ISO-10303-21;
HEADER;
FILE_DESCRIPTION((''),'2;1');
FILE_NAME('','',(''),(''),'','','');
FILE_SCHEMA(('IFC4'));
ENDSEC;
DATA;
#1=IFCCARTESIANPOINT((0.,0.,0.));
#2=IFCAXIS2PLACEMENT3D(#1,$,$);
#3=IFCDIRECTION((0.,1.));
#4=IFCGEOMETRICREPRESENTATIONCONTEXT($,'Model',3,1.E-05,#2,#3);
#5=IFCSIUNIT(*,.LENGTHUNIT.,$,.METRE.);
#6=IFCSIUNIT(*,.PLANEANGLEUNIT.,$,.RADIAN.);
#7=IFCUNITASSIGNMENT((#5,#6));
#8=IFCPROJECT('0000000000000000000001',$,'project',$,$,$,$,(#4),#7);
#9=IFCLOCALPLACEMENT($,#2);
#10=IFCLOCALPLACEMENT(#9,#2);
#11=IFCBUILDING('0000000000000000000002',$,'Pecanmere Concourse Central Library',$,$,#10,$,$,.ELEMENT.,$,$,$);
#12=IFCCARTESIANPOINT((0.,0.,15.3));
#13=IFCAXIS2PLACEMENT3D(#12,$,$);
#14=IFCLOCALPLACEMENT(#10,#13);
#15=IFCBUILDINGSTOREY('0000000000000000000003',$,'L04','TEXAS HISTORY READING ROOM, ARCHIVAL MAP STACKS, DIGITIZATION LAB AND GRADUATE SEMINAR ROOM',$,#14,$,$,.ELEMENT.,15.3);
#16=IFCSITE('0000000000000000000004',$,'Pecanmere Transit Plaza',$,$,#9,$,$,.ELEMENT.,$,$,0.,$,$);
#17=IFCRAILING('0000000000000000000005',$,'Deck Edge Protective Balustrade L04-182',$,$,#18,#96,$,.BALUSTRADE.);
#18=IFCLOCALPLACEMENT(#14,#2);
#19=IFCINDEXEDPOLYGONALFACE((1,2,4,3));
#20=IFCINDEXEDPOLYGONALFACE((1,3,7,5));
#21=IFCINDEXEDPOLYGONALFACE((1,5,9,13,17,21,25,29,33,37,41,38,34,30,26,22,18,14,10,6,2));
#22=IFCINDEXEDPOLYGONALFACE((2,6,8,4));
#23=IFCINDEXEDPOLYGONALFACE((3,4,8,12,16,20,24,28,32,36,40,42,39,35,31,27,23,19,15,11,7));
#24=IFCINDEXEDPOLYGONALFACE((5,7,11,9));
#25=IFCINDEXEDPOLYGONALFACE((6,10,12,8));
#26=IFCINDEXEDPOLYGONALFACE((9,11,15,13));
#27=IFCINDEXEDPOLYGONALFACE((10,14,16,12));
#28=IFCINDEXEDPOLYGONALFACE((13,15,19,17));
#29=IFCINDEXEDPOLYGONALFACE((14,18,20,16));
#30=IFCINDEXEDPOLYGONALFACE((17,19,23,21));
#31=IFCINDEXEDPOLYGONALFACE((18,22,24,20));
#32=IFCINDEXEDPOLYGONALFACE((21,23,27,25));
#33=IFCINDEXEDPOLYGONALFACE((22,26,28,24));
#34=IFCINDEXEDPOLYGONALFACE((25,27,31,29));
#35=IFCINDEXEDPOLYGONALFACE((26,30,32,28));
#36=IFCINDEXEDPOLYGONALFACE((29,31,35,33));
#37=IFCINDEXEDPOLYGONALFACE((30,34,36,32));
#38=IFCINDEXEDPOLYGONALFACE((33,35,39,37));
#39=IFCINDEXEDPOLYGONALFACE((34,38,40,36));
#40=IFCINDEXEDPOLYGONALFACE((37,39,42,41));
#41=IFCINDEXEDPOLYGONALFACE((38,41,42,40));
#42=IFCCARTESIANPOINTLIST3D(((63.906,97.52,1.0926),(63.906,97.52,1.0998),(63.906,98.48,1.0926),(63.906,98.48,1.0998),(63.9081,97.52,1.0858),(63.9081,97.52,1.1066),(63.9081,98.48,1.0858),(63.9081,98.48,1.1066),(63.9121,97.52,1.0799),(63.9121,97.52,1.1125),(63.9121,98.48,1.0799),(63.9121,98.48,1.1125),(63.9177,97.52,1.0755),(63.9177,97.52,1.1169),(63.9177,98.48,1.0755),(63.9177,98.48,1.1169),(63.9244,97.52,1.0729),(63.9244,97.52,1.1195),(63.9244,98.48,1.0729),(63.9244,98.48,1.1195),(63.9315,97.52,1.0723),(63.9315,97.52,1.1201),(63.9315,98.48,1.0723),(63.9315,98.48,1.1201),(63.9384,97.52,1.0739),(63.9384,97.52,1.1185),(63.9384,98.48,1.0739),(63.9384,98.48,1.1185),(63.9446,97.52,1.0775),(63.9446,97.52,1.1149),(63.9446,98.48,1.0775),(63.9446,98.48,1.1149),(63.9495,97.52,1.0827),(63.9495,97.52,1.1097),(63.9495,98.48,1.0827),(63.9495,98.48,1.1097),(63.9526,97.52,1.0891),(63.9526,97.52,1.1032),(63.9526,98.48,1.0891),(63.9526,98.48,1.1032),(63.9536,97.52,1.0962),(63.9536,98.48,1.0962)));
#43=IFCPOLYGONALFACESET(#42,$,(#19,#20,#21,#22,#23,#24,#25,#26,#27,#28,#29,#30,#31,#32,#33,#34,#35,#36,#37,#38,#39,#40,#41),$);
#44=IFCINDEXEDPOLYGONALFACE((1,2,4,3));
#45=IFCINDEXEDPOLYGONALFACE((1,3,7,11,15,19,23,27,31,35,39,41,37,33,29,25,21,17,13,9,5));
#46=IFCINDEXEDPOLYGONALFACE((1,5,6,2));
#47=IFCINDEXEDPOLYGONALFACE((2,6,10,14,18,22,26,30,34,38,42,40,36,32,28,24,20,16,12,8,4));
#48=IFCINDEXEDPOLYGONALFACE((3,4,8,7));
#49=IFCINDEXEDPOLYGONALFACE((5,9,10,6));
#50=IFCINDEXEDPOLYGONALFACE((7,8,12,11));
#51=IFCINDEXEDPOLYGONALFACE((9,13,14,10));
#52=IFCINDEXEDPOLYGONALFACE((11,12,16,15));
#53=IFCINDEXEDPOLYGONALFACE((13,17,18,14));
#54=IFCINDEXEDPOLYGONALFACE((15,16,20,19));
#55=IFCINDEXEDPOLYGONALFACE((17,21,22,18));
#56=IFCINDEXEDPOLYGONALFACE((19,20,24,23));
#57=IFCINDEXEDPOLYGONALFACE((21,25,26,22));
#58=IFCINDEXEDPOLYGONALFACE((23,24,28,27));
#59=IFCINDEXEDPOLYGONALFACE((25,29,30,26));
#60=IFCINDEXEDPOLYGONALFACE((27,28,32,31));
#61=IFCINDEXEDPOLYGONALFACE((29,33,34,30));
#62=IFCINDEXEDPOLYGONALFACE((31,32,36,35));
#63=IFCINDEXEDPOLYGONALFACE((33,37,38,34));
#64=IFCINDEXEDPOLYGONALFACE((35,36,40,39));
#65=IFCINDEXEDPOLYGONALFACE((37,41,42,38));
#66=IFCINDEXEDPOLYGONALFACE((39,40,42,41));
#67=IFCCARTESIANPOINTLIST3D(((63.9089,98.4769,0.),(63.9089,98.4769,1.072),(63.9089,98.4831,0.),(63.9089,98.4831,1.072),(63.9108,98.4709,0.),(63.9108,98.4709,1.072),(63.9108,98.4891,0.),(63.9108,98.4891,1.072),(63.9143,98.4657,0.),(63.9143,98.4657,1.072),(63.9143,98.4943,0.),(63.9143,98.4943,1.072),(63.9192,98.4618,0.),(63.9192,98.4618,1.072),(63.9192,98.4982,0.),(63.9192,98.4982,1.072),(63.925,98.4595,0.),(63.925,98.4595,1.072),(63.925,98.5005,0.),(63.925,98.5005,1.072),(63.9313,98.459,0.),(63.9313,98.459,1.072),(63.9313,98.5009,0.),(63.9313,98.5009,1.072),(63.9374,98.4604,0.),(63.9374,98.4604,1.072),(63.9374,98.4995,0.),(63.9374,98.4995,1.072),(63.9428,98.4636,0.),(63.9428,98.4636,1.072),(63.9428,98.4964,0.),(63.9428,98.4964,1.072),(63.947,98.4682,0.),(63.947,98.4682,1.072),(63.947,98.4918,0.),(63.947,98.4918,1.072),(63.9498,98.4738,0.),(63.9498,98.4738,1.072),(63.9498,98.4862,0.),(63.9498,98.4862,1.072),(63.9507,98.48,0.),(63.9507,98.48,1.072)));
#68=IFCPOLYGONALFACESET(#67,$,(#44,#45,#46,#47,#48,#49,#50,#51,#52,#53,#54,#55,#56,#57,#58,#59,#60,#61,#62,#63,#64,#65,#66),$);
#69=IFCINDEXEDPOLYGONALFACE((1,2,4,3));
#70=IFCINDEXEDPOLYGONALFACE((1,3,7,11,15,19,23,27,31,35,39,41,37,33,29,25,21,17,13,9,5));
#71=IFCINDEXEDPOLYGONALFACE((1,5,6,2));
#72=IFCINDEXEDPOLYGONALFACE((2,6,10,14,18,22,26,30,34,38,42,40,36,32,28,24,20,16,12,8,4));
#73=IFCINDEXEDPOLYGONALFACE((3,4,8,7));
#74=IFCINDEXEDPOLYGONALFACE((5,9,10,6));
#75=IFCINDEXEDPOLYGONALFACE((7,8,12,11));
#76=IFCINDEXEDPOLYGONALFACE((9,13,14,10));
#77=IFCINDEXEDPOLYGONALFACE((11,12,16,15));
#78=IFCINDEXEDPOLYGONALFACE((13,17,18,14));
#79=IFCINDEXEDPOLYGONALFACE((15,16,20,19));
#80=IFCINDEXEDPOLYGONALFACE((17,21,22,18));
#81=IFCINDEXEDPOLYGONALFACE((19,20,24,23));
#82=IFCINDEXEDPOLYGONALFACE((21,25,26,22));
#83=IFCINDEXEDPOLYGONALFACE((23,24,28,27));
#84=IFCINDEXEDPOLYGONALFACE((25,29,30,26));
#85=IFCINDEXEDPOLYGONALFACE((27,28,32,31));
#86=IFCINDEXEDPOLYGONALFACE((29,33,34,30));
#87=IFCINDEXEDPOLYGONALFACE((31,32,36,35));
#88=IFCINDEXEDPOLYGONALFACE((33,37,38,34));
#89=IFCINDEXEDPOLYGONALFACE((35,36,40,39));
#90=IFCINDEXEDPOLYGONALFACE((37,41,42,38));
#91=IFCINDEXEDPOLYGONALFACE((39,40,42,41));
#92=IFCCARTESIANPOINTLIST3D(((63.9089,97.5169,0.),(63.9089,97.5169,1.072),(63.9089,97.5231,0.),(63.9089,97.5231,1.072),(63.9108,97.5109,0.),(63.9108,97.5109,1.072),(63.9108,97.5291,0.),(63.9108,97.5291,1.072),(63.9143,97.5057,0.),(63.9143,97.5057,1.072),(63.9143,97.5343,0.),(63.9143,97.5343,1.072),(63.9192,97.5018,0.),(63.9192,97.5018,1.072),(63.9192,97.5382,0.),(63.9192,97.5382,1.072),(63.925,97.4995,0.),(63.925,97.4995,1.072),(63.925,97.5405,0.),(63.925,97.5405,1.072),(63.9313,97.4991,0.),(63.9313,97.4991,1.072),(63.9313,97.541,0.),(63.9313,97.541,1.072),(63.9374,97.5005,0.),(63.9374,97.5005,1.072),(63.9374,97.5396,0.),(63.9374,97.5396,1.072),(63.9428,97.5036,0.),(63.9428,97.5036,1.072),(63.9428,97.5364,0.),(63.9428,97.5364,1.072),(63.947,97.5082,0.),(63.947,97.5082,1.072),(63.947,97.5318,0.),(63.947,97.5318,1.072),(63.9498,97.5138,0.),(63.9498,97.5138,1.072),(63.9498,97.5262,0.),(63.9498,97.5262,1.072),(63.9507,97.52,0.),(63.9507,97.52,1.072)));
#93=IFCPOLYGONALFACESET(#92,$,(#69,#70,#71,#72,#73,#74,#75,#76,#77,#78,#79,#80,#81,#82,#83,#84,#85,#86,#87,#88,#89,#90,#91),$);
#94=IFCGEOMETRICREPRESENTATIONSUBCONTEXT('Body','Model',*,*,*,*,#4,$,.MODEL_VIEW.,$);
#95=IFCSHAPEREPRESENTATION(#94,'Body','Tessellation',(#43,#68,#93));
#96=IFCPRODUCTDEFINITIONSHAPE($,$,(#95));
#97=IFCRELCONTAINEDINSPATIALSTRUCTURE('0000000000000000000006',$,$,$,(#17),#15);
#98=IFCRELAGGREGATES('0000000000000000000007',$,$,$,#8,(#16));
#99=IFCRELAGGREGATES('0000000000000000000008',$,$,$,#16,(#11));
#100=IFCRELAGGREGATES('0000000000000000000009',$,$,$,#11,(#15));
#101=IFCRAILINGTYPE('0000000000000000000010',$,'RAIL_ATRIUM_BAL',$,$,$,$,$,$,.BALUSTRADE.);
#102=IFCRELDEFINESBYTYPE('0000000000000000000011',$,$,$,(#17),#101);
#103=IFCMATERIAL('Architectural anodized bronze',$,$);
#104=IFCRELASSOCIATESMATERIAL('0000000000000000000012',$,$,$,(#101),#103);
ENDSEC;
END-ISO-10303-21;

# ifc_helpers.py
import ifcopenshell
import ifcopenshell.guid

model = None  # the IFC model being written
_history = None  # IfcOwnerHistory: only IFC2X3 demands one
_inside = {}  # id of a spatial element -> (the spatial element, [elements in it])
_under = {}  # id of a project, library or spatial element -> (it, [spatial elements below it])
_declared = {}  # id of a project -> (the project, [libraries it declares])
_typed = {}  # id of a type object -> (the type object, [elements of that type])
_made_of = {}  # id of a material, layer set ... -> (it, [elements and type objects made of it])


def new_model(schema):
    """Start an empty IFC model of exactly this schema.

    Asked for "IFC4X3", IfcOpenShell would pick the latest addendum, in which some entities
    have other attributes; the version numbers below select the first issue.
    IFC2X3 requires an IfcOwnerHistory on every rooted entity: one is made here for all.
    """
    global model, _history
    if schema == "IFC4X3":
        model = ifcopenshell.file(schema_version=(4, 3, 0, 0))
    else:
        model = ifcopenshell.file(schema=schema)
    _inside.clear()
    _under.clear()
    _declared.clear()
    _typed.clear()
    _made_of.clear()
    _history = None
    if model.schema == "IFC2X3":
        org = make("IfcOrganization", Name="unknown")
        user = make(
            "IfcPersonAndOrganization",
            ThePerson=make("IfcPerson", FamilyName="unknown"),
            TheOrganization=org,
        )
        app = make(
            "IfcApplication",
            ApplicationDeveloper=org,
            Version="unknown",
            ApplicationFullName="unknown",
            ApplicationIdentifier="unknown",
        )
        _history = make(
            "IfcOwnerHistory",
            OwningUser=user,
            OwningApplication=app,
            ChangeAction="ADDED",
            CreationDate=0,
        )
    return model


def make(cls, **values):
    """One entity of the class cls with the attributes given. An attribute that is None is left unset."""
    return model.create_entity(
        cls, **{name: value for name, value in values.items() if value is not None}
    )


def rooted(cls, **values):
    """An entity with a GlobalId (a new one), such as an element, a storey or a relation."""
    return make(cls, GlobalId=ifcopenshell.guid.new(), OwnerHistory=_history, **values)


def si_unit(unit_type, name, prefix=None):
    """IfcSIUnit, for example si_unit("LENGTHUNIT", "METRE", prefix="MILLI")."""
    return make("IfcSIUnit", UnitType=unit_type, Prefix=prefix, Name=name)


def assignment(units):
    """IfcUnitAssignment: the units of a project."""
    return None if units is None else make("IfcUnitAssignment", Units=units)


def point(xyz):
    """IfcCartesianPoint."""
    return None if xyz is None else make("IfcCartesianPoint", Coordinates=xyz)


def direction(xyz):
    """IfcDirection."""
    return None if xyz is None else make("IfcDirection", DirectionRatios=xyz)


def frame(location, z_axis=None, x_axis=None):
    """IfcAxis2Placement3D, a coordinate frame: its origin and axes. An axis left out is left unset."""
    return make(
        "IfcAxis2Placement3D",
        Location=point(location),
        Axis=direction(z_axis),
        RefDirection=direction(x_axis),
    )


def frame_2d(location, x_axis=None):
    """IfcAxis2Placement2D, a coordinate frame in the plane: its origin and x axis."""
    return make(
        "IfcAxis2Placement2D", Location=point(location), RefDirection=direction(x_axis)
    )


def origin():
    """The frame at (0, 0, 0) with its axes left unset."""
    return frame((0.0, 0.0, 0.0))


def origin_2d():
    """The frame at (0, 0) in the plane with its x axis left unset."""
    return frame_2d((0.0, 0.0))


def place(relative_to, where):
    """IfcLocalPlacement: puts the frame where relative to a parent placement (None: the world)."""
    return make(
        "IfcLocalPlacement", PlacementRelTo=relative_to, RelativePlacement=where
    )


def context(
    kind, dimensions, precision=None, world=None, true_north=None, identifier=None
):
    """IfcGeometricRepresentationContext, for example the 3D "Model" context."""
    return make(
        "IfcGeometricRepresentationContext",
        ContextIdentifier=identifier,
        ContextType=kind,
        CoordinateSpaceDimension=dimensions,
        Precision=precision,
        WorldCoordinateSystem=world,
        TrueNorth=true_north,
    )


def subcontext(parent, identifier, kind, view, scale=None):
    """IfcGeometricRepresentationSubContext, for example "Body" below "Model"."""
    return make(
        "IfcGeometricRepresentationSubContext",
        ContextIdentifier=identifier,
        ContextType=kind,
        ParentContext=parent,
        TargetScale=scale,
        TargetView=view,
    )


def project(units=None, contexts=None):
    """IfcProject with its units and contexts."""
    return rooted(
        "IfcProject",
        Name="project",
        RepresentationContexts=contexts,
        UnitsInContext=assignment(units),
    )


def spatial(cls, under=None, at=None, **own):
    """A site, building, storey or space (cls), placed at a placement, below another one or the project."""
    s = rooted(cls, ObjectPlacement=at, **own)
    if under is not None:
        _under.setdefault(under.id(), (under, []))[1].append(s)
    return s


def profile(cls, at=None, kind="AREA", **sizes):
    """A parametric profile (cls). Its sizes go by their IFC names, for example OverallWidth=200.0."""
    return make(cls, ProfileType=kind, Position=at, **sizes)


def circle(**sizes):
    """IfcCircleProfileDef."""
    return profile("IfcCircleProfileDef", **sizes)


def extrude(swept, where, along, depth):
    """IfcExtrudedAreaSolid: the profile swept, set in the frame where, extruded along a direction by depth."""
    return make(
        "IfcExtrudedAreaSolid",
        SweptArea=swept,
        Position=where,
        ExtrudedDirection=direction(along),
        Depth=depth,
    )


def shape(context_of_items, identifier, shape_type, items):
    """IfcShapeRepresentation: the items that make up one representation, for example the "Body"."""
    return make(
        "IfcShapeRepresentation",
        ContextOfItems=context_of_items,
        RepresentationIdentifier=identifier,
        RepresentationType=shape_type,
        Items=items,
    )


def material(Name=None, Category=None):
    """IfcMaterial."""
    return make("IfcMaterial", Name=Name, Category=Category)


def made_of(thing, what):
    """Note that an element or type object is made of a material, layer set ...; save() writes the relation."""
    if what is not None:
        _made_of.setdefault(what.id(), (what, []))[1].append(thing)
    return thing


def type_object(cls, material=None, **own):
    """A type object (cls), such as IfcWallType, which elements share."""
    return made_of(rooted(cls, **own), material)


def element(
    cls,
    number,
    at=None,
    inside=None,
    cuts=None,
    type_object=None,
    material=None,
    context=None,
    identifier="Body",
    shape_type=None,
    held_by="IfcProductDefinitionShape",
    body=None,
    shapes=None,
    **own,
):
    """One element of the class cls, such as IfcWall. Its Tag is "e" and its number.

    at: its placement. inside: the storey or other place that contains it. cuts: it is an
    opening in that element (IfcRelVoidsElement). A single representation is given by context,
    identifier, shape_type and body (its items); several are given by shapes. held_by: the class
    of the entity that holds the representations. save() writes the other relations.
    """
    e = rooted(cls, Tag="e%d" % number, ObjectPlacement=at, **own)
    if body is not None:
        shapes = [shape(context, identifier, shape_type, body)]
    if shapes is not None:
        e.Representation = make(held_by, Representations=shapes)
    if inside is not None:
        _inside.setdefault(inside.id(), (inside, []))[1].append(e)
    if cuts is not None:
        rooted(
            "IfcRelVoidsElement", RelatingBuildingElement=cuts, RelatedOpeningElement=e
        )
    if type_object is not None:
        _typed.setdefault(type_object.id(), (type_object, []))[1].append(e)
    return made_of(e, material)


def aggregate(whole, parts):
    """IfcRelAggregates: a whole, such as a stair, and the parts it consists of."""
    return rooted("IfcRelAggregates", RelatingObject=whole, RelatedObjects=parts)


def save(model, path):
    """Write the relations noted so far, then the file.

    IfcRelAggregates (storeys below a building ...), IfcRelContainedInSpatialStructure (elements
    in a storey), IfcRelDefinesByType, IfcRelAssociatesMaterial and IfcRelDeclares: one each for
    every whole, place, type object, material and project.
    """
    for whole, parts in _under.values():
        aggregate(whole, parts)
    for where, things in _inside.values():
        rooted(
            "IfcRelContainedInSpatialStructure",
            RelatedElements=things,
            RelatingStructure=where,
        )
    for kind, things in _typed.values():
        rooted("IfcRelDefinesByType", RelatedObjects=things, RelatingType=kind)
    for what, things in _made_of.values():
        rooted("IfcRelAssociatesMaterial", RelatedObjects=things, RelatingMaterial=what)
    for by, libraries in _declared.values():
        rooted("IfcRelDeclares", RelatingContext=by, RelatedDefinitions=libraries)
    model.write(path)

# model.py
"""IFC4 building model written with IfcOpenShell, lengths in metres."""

from ifc_helpers import new_model, si_unit, direction, frame, origin, origin_2d, place, context, subcontext, project, spatial, circle, extrude, material, type_object, element, save


model = new_model("IFC4")

# Units and contexts
model_context = context("Model", 3, precision=1e-05, world=origin(), true_north=direction((0.0, 1.0)))
body_context = subcontext(model_context, "Body", "Model", "MODEL_VIEW")
ifc_project = project(units=[si_unit("LENGTHUNIT", "METRE"), si_unit("PLANEANGLEUNIT", "RADIAN")], contexts=[model_context])

# Site, building, storey
site_placement = place(None, origin())
site = spatial("IfcSite", under=ifc_project, at=site_placement, Name="Pecanmere Transit Plaza", CompositionType="ELEMENT", RefElevation=0.0)
building_placement = place(site_placement, origin())
building = spatial("IfcBuilding", under=site, at=building_placement, Name="Pecanmere Concourse Central Library", CompositionType="ELEMENT")
storey_placement = place(building_placement, frame((0.0, 0.0, 15.3)))
storey = spatial("IfcBuildingStorey", under=building, at=storey_placement, Name="L04", Description="TEXAS HISTORY READING ROOM, ARCHIVAL MAP STACKS, DIGITIZATION LAB AND GRADUATE SEMINAR ROOM", CompositionType="ELEMENT", Elevation=15.3)

# Railing
ifc_material_1 = material(Name="Architectural anodized bronze")
railing_type = type_object("IfcRailingType", Name="RAIL_ATRIUM_BAL", PredefinedType="BALUSTRADE", material=ifc_material_1)
railing_placement = place(storey_placement, frame((63.9297, 98.48, 0.0)))
element("IfcRailing", 1, at=railing_placement, inside=storey, type_object=railing_type, Name="Deck Edge Protective Balustrade L04-182", PredefinedType="BALUSTRADE", context=body_context, shape_type="SweptSolid", body=[
    extrude(circle(Radius=0.0239, at=origin_2d()), frame((0.0, 0.0, 1.0962), z_axis=(0.0, -1.0, 0.0), x_axis=(1.0, 0.0, 0.0)), (0.0, 0.0, 1.0), 0.96),
    extrude(circle(Radius=0.021, at=origin_2d()), origin(), (0.0, 0.0, 1.0), 1.072),
    extrude(circle(Radius=0.021, at=origin_2d()), frame((0.0, -0.96, 0.0)), (0.0, 0.0, 1.0), 1.072),
])

save(model, "model.ifc")
